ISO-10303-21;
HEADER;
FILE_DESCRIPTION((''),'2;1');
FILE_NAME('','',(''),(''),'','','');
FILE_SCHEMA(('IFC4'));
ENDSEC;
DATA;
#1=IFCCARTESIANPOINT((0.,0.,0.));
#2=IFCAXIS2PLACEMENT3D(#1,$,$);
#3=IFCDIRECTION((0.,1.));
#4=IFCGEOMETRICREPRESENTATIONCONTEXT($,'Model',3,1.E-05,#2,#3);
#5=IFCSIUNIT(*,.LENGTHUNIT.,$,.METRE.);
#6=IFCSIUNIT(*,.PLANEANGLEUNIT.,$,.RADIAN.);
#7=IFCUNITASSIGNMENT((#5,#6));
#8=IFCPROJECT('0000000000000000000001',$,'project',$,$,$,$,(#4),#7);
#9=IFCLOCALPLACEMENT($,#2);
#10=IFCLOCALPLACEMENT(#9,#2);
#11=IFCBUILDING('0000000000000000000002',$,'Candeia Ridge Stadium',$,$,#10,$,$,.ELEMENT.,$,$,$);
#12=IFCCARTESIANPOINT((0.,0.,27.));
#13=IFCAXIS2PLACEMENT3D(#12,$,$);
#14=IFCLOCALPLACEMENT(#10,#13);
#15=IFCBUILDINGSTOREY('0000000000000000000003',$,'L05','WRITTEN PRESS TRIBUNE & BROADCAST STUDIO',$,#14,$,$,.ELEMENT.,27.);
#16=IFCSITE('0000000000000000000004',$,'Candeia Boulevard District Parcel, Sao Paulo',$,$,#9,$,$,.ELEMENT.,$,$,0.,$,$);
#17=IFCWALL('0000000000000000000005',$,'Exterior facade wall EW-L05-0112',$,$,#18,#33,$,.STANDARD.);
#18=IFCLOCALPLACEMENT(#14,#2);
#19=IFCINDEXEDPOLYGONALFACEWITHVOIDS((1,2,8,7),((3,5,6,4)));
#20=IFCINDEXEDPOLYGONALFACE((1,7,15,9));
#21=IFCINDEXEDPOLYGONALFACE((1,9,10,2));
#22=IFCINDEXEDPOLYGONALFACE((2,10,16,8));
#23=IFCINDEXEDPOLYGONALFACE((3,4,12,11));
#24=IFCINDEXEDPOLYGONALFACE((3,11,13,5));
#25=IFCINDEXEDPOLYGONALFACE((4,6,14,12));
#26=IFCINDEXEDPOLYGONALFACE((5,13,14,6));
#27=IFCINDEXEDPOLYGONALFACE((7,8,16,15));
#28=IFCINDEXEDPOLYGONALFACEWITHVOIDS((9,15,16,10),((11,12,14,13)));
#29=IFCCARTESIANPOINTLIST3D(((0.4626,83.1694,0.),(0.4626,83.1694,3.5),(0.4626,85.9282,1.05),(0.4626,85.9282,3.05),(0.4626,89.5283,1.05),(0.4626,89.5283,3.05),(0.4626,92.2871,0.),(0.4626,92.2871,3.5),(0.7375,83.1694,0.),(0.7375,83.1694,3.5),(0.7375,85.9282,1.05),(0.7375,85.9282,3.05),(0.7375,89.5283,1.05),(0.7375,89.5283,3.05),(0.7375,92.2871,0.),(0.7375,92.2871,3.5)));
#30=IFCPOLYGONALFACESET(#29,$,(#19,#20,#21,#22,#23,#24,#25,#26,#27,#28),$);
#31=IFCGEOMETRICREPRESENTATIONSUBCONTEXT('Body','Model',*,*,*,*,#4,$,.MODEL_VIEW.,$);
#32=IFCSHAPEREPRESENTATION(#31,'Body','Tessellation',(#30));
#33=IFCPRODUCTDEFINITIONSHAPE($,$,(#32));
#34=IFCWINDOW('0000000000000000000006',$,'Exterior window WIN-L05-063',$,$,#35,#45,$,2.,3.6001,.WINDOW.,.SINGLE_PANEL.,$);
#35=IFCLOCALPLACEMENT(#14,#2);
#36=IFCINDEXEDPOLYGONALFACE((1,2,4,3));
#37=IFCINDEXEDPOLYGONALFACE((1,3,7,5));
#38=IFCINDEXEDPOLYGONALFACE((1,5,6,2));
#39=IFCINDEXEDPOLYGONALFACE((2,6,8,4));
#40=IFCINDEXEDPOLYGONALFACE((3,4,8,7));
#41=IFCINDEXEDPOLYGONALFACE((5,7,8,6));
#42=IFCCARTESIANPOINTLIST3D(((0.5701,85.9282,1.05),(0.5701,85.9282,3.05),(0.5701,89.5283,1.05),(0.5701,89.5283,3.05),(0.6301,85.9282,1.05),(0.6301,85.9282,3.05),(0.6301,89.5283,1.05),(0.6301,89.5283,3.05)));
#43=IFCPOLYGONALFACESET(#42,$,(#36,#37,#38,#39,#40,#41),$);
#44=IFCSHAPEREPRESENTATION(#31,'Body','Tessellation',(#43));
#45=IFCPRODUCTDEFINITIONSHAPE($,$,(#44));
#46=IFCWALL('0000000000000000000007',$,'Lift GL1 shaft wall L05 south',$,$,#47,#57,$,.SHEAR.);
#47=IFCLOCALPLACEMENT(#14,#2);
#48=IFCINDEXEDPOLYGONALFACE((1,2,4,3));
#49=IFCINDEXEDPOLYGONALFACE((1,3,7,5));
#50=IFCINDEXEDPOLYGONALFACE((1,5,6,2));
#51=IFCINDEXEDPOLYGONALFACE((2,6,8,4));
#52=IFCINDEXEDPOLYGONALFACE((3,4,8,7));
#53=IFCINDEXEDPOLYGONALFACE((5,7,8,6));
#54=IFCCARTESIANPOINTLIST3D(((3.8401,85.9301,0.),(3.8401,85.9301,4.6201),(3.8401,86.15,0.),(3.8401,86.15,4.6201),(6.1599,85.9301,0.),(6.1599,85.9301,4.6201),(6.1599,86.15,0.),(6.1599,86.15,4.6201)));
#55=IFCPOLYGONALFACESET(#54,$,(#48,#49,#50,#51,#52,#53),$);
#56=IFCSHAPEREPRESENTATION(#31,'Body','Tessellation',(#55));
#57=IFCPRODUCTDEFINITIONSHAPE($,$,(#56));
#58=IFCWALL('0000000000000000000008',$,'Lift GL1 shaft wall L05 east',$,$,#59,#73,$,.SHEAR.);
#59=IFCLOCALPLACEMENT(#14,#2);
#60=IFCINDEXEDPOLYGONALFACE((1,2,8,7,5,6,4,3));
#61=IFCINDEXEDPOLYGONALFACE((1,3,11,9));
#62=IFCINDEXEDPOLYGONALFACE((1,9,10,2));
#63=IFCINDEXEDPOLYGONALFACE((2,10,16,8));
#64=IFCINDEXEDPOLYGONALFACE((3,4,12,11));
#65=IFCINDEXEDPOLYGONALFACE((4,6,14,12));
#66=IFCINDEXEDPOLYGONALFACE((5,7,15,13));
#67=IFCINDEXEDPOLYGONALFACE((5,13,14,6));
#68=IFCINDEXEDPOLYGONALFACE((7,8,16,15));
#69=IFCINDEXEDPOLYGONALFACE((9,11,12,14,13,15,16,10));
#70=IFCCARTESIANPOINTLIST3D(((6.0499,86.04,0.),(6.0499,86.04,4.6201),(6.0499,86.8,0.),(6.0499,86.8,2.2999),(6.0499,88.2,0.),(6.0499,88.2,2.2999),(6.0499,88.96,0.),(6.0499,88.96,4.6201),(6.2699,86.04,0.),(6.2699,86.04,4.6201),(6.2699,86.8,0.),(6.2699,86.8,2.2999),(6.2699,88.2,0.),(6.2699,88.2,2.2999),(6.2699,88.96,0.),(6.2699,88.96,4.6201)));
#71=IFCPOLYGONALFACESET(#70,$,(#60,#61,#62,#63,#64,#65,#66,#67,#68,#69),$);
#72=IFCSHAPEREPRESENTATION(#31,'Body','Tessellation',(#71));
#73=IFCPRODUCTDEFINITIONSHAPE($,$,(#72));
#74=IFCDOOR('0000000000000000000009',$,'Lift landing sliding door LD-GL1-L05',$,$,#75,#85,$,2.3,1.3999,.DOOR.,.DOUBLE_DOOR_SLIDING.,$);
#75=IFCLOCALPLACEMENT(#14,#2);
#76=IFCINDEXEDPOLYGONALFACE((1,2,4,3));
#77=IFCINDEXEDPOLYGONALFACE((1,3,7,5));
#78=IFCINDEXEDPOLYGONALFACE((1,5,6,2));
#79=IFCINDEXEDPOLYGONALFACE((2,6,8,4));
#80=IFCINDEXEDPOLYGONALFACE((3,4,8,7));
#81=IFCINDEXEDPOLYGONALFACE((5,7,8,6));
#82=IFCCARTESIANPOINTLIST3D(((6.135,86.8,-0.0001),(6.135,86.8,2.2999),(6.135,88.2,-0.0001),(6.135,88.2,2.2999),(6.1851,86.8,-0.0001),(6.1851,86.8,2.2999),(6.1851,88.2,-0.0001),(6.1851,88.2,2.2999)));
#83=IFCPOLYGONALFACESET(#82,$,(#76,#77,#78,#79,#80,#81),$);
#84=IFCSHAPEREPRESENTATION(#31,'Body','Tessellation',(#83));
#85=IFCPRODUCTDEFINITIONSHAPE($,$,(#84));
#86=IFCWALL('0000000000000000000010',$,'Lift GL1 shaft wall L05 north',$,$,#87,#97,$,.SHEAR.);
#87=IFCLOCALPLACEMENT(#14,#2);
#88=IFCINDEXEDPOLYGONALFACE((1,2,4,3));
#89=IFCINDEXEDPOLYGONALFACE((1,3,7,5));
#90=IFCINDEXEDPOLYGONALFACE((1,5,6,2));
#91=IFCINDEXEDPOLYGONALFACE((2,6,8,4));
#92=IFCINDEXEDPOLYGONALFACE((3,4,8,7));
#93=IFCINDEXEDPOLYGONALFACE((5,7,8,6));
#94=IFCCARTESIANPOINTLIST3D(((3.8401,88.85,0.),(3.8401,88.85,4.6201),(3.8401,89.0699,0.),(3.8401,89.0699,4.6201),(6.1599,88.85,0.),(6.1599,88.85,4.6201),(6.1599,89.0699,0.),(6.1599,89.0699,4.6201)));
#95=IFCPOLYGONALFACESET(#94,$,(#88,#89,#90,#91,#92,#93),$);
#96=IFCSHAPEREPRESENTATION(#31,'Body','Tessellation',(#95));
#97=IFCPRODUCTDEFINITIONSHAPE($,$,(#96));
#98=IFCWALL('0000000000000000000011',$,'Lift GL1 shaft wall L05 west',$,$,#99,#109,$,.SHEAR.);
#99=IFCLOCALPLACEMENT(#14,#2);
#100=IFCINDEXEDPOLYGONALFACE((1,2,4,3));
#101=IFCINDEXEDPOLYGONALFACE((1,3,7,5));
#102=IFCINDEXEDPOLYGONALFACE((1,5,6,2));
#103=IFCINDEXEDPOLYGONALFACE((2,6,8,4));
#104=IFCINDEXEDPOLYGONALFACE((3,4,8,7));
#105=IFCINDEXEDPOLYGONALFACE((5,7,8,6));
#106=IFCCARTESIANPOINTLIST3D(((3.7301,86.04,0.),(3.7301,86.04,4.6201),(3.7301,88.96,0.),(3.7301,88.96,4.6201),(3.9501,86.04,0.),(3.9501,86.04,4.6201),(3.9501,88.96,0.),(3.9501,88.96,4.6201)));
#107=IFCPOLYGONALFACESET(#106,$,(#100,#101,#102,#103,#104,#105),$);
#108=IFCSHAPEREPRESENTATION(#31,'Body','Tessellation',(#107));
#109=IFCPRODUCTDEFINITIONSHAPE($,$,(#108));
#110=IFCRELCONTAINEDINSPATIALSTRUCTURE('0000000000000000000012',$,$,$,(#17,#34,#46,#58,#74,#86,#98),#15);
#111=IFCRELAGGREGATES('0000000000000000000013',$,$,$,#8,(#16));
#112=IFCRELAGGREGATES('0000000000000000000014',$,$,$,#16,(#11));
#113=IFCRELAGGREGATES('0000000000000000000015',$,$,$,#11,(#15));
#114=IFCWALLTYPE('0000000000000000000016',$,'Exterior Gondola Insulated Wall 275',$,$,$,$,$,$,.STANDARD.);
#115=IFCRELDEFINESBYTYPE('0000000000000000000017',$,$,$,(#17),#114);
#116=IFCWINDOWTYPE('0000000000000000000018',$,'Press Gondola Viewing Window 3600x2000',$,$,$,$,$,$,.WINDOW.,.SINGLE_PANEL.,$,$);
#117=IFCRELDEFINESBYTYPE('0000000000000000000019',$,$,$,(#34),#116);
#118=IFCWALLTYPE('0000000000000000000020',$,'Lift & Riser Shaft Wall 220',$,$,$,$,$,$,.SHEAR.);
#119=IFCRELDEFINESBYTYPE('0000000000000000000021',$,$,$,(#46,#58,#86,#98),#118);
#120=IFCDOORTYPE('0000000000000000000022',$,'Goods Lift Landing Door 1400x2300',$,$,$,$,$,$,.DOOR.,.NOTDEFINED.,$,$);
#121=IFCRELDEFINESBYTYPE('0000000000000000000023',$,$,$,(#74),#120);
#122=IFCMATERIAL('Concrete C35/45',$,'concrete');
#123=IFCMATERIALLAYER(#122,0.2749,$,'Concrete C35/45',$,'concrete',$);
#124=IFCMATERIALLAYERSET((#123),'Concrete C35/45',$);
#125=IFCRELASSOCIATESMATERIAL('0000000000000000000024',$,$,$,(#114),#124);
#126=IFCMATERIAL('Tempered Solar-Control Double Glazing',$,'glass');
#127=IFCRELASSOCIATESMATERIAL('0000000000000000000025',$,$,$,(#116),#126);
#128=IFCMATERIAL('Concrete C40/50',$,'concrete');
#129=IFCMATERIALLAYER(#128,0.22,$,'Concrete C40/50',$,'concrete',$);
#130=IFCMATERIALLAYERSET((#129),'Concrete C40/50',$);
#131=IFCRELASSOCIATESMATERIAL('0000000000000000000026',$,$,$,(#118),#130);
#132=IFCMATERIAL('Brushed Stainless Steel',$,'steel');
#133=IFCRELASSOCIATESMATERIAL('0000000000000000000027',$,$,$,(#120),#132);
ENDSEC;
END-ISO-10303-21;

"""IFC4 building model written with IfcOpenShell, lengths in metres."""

from ifc_helpers import new_model, si_unit, direction, frame, frame_2d, origin, place, context, subcontext, project, spatial, rectangle, extrude, material, layer, layer_set, type_object, element, fill, save


model = new_model("IFC4")

# Units and contexts
model_context = context("Model", 3, precision=1e-05, world=origin(), true_north=direction((0.0, 1.0)))
body_context = subcontext(model_context, "Body", "Model", "MODEL_VIEW")
ifc_project = project(units=[si_unit("LENGTHUNIT", "METRE"), si_unit("PLANEANGLEUNIT", "RADIAN")], contexts=[model_context])

# Site, building, storey
site_placement = place(None, origin())
site = spatial("IfcSite", under=ifc_project, at=site_placement, Name="Candeia Boulevard District Parcel, Sao Paulo", CompositionType="ELEMENT", RefElevation=0.0)
building_placement = place(site_placement, origin())
building = spatial("IfcBuilding", under=site, at=building_placement, Name="Candeia Ridge Stadium", CompositionType="ELEMENT")
storey_placement = place(building_placement, frame((0.0, 0.0, 27.0)))
storey = spatial("IfcBuildingStorey", under=building, at=storey_placement, Name="L05", Description="WRITTEN PRESS TRIBUNE & BROADCAST STUDIO", CompositionType="ELEMENT", Elevation=27.0)

# Shared definitions
ifc_material_1 = material(Name="Concrete C40/50", Category="concrete")

# Wall, opening, window
ifc_material_2 = material(Name="Concrete C35/45", Category="concrete")
ifc_layer_1 = layer(ifc_material_2, 0.2749, Name="Concrete C35/45", Category="concrete")
ifc_layer_set_1 = layer_set([ifc_layer_1], Name="Concrete C35/45")
wall_type_1 = type_object("IfcWallType", Name="Exterior Gondola Insulated Wall 275", PredefinedType="STANDARD", material=ifc_layer_set_1)
wall_1_placement = place(storey_placement, frame((0.6001, 83.1694, 0.0), z_axis=(0.0, 0.0, 1.0), x_axis=(0.0, 1.0, 0.0)))
wall_1 = element("IfcWall", 1, at=wall_1_placement, inside=storey, type_object=wall_type_1, Name="Exterior facade wall EW-L05-0112", PredefinedType="STANDARD", context=body_context, shape_type="SweptSolid", body=[
    extrude(rectangle(XDim=9.1177, YDim=0.2749, at=frame_2d((4.5588, 0.0))), origin(), (0.0, 0.0, 1.0), 3.5),
])
opening_1_placement = place(wall_1_placement, frame((2.7588, 0.0, 1.05)))
opening_1 = element("IfcOpeningElement", 2, at=opening_1_placement, cuts=wall_1, PredefinedType="OPENING", context=body_context, shape_type="SweptSolid", body=[
    extrude(rectangle(XDim=3.6001, YDim=2.0, at=frame_2d((1.8, 1.0))), frame((0.0, 0.1475, 0.0), z_axis=(0.0, -1.0, 0.0), x_axis=(1.0, 0.0, 0.0)), (0.0, 0.0, 1.0), 0.2949),
])
ifc_material_3 = material(Name="Tempered Solar-Control Double Glazing", Category="glass")
window_type = type_object("IfcWindowType", Name="Press Gondola Viewing Window 3600x2000", PartitioningType="SINGLE_PANEL", PredefinedType="WINDOW", material=ifc_material_3)
window_placement = place(opening_1_placement, origin())
window = element("IfcWindow", 3, at=window_placement, inside=storey, type_object=window_type, Name="Exterior window WIN-L05-063", OverallHeight=2.0, OverallWidth=3.6001, PartitioningType="SINGLE_PANEL", PredefinedType="WINDOW", context=body_context, shape_type="SweptSolid", body=[
    extrude(rectangle(XDim=3.6001, YDim=2.0, at=frame_2d((1.8, 1.0))), frame((0.0, 0.03, 0.0), z_axis=(0.0, -1.0, 0.0), x_axis=(1.0, 0.0, 0.0)), (0.0, 0.0, 1.0), 0.0601),
])
fill(opening_1, window)

# Wall
ifc_layer_2 = layer(ifc_material_1, 0.22, Name="Concrete C40/50", Category="concrete")
ifc_layer_set_2 = layer_set([ifc_layer_2], Name="Concrete C40/50")
wall_type_2 = type_object("IfcWallType", Name="Lift & Riser Shaft Wall 220", PredefinedType="SHEAR", material=ifc_layer_set_2)
wall_2_placement = place(storey_placement, frame((3.8401, 86.04, 0.0), z_axis=(0.0, 0.0, 1.0), x_axis=(1.0, 0.0, 0.0)))
element("IfcWall", 4, at=wall_2_placement, inside=storey, type_object=wall_type_2, Name="Lift GL1 shaft wall L05 south", PredefinedType="SHEAR", context=body_context, shape_type="SweptSolid", body=[
    extrude(rectangle(XDim=2.3198, YDim=0.22, at=frame_2d((1.1599, 0.0))), origin(), (0.0, 0.0, 1.0), 4.6201),
])

# Wall, opening, door
wall_3_placement = place(storey_placement, frame((6.1599, 86.04, 0.0), z_axis=(0.0, 0.0, 1.0), x_axis=(0.0, 1.0, 0.0)))
wall_3 = element("IfcWall", 5, at=wall_3_placement, inside=storey, type_object=wall_type_2, Name="Lift GL1 shaft wall L05 east", PredefinedType="SHEAR", context=body_context, shape_type="SweptSolid", body=[
    extrude(rectangle(XDim=2.9199, YDim=0.22, at=frame_2d((1.46, 0.0))), origin(), (0.0, 0.0, 1.0), 4.6201),
])
opening_2_placement = place(wall_3_placement, frame((0.76, 0.0, 0.0)))
opening_2 = element("IfcOpeningElement", 6, at=opening_2_placement, cuts=wall_3, PredefinedType="OPENING", context=body_context, shape_type="SweptSolid", body=[
    extrude(rectangle(XDim=1.3999, YDim=2.3, at=frame_2d((0.7, 1.1499))), frame((0.0, 0.1199, 0.0), z_axis=(0.0, -1.0, 0.0), x_axis=(1.0, 0.0, 0.0)), (0.0, 0.0, 1.0), 0.24),
])
ifc_material_4 = material(Name="Brushed Stainless Steel", Category="steel")
door_type = type_object("IfcDoorType", Name="Goods Lift Landing Door 1400x2300", OperationType="NOTDEFINED", PredefinedType="DOOR", material=ifc_material_4)
door_placement = place(opening_2_placement, origin())
door = element("IfcDoor", 7, at=door_placement, inside=storey, type_object=door_type, Name="Lift landing sliding door LD-GL1-L05", OperationType="DOUBLE_DOOR_SLIDING", OverallHeight=2.3, OverallWidth=1.3999, PredefinedType="DOOR", context=body_context, shape_type="SweptSolid", body=[
    extrude(rectangle(XDim=1.3999, YDim=2.3, at=frame_2d((0.7, 1.1499))), frame((0.0, 0.0249, 0.0), z_axis=(0.0, -1.0, 0.0), x_axis=(1.0, 0.0, 0.0)), (0.0, 0.0, 1.0), 0.05),
])
fill(opening_2, door)

# Walls
wall_4_placement = place(storey_placement, frame((6.1599, 88.96, 0.0), z_axis=(0.0, 0.0, 1.0), x_axis=(-1.0, 0.0, 0.0)))
element("IfcWall", 8, at=wall_4_placement, inside=storey, type_object=wall_type_2, Name="Lift GL1 shaft wall L05 north", PredefinedType="SHEAR", context=body_context, shape_type="SweptSolid", body=[
    extrude(rectangle(XDim=2.3198, YDim=0.22, at=frame_2d((1.1599, 0.0))), origin(), (0.0, 0.0, 1.0), 4.6201),
])
wall_5_placement = place(storey_placement, frame((3.8401, 88.96, 0.0), z_axis=(0.0, 0.0, 1.0), x_axis=(0.0, -1.0, 0.0)))
element("IfcWall", 9, at=wall_5_placement, inside=storey, type_object=wall_type_2, Name="Lift GL1 shaft wall L05 west", PredefinedType="SHEAR", context=body_context, shape_type="SweptSolid", body=[
    extrude(rectangle(XDim=2.9199, YDim=0.22, at=frame_2d((1.46, 0.0))), origin(), (0.0, 0.0, 1.0), 4.6201),
])

save(model, "model.ifc")
